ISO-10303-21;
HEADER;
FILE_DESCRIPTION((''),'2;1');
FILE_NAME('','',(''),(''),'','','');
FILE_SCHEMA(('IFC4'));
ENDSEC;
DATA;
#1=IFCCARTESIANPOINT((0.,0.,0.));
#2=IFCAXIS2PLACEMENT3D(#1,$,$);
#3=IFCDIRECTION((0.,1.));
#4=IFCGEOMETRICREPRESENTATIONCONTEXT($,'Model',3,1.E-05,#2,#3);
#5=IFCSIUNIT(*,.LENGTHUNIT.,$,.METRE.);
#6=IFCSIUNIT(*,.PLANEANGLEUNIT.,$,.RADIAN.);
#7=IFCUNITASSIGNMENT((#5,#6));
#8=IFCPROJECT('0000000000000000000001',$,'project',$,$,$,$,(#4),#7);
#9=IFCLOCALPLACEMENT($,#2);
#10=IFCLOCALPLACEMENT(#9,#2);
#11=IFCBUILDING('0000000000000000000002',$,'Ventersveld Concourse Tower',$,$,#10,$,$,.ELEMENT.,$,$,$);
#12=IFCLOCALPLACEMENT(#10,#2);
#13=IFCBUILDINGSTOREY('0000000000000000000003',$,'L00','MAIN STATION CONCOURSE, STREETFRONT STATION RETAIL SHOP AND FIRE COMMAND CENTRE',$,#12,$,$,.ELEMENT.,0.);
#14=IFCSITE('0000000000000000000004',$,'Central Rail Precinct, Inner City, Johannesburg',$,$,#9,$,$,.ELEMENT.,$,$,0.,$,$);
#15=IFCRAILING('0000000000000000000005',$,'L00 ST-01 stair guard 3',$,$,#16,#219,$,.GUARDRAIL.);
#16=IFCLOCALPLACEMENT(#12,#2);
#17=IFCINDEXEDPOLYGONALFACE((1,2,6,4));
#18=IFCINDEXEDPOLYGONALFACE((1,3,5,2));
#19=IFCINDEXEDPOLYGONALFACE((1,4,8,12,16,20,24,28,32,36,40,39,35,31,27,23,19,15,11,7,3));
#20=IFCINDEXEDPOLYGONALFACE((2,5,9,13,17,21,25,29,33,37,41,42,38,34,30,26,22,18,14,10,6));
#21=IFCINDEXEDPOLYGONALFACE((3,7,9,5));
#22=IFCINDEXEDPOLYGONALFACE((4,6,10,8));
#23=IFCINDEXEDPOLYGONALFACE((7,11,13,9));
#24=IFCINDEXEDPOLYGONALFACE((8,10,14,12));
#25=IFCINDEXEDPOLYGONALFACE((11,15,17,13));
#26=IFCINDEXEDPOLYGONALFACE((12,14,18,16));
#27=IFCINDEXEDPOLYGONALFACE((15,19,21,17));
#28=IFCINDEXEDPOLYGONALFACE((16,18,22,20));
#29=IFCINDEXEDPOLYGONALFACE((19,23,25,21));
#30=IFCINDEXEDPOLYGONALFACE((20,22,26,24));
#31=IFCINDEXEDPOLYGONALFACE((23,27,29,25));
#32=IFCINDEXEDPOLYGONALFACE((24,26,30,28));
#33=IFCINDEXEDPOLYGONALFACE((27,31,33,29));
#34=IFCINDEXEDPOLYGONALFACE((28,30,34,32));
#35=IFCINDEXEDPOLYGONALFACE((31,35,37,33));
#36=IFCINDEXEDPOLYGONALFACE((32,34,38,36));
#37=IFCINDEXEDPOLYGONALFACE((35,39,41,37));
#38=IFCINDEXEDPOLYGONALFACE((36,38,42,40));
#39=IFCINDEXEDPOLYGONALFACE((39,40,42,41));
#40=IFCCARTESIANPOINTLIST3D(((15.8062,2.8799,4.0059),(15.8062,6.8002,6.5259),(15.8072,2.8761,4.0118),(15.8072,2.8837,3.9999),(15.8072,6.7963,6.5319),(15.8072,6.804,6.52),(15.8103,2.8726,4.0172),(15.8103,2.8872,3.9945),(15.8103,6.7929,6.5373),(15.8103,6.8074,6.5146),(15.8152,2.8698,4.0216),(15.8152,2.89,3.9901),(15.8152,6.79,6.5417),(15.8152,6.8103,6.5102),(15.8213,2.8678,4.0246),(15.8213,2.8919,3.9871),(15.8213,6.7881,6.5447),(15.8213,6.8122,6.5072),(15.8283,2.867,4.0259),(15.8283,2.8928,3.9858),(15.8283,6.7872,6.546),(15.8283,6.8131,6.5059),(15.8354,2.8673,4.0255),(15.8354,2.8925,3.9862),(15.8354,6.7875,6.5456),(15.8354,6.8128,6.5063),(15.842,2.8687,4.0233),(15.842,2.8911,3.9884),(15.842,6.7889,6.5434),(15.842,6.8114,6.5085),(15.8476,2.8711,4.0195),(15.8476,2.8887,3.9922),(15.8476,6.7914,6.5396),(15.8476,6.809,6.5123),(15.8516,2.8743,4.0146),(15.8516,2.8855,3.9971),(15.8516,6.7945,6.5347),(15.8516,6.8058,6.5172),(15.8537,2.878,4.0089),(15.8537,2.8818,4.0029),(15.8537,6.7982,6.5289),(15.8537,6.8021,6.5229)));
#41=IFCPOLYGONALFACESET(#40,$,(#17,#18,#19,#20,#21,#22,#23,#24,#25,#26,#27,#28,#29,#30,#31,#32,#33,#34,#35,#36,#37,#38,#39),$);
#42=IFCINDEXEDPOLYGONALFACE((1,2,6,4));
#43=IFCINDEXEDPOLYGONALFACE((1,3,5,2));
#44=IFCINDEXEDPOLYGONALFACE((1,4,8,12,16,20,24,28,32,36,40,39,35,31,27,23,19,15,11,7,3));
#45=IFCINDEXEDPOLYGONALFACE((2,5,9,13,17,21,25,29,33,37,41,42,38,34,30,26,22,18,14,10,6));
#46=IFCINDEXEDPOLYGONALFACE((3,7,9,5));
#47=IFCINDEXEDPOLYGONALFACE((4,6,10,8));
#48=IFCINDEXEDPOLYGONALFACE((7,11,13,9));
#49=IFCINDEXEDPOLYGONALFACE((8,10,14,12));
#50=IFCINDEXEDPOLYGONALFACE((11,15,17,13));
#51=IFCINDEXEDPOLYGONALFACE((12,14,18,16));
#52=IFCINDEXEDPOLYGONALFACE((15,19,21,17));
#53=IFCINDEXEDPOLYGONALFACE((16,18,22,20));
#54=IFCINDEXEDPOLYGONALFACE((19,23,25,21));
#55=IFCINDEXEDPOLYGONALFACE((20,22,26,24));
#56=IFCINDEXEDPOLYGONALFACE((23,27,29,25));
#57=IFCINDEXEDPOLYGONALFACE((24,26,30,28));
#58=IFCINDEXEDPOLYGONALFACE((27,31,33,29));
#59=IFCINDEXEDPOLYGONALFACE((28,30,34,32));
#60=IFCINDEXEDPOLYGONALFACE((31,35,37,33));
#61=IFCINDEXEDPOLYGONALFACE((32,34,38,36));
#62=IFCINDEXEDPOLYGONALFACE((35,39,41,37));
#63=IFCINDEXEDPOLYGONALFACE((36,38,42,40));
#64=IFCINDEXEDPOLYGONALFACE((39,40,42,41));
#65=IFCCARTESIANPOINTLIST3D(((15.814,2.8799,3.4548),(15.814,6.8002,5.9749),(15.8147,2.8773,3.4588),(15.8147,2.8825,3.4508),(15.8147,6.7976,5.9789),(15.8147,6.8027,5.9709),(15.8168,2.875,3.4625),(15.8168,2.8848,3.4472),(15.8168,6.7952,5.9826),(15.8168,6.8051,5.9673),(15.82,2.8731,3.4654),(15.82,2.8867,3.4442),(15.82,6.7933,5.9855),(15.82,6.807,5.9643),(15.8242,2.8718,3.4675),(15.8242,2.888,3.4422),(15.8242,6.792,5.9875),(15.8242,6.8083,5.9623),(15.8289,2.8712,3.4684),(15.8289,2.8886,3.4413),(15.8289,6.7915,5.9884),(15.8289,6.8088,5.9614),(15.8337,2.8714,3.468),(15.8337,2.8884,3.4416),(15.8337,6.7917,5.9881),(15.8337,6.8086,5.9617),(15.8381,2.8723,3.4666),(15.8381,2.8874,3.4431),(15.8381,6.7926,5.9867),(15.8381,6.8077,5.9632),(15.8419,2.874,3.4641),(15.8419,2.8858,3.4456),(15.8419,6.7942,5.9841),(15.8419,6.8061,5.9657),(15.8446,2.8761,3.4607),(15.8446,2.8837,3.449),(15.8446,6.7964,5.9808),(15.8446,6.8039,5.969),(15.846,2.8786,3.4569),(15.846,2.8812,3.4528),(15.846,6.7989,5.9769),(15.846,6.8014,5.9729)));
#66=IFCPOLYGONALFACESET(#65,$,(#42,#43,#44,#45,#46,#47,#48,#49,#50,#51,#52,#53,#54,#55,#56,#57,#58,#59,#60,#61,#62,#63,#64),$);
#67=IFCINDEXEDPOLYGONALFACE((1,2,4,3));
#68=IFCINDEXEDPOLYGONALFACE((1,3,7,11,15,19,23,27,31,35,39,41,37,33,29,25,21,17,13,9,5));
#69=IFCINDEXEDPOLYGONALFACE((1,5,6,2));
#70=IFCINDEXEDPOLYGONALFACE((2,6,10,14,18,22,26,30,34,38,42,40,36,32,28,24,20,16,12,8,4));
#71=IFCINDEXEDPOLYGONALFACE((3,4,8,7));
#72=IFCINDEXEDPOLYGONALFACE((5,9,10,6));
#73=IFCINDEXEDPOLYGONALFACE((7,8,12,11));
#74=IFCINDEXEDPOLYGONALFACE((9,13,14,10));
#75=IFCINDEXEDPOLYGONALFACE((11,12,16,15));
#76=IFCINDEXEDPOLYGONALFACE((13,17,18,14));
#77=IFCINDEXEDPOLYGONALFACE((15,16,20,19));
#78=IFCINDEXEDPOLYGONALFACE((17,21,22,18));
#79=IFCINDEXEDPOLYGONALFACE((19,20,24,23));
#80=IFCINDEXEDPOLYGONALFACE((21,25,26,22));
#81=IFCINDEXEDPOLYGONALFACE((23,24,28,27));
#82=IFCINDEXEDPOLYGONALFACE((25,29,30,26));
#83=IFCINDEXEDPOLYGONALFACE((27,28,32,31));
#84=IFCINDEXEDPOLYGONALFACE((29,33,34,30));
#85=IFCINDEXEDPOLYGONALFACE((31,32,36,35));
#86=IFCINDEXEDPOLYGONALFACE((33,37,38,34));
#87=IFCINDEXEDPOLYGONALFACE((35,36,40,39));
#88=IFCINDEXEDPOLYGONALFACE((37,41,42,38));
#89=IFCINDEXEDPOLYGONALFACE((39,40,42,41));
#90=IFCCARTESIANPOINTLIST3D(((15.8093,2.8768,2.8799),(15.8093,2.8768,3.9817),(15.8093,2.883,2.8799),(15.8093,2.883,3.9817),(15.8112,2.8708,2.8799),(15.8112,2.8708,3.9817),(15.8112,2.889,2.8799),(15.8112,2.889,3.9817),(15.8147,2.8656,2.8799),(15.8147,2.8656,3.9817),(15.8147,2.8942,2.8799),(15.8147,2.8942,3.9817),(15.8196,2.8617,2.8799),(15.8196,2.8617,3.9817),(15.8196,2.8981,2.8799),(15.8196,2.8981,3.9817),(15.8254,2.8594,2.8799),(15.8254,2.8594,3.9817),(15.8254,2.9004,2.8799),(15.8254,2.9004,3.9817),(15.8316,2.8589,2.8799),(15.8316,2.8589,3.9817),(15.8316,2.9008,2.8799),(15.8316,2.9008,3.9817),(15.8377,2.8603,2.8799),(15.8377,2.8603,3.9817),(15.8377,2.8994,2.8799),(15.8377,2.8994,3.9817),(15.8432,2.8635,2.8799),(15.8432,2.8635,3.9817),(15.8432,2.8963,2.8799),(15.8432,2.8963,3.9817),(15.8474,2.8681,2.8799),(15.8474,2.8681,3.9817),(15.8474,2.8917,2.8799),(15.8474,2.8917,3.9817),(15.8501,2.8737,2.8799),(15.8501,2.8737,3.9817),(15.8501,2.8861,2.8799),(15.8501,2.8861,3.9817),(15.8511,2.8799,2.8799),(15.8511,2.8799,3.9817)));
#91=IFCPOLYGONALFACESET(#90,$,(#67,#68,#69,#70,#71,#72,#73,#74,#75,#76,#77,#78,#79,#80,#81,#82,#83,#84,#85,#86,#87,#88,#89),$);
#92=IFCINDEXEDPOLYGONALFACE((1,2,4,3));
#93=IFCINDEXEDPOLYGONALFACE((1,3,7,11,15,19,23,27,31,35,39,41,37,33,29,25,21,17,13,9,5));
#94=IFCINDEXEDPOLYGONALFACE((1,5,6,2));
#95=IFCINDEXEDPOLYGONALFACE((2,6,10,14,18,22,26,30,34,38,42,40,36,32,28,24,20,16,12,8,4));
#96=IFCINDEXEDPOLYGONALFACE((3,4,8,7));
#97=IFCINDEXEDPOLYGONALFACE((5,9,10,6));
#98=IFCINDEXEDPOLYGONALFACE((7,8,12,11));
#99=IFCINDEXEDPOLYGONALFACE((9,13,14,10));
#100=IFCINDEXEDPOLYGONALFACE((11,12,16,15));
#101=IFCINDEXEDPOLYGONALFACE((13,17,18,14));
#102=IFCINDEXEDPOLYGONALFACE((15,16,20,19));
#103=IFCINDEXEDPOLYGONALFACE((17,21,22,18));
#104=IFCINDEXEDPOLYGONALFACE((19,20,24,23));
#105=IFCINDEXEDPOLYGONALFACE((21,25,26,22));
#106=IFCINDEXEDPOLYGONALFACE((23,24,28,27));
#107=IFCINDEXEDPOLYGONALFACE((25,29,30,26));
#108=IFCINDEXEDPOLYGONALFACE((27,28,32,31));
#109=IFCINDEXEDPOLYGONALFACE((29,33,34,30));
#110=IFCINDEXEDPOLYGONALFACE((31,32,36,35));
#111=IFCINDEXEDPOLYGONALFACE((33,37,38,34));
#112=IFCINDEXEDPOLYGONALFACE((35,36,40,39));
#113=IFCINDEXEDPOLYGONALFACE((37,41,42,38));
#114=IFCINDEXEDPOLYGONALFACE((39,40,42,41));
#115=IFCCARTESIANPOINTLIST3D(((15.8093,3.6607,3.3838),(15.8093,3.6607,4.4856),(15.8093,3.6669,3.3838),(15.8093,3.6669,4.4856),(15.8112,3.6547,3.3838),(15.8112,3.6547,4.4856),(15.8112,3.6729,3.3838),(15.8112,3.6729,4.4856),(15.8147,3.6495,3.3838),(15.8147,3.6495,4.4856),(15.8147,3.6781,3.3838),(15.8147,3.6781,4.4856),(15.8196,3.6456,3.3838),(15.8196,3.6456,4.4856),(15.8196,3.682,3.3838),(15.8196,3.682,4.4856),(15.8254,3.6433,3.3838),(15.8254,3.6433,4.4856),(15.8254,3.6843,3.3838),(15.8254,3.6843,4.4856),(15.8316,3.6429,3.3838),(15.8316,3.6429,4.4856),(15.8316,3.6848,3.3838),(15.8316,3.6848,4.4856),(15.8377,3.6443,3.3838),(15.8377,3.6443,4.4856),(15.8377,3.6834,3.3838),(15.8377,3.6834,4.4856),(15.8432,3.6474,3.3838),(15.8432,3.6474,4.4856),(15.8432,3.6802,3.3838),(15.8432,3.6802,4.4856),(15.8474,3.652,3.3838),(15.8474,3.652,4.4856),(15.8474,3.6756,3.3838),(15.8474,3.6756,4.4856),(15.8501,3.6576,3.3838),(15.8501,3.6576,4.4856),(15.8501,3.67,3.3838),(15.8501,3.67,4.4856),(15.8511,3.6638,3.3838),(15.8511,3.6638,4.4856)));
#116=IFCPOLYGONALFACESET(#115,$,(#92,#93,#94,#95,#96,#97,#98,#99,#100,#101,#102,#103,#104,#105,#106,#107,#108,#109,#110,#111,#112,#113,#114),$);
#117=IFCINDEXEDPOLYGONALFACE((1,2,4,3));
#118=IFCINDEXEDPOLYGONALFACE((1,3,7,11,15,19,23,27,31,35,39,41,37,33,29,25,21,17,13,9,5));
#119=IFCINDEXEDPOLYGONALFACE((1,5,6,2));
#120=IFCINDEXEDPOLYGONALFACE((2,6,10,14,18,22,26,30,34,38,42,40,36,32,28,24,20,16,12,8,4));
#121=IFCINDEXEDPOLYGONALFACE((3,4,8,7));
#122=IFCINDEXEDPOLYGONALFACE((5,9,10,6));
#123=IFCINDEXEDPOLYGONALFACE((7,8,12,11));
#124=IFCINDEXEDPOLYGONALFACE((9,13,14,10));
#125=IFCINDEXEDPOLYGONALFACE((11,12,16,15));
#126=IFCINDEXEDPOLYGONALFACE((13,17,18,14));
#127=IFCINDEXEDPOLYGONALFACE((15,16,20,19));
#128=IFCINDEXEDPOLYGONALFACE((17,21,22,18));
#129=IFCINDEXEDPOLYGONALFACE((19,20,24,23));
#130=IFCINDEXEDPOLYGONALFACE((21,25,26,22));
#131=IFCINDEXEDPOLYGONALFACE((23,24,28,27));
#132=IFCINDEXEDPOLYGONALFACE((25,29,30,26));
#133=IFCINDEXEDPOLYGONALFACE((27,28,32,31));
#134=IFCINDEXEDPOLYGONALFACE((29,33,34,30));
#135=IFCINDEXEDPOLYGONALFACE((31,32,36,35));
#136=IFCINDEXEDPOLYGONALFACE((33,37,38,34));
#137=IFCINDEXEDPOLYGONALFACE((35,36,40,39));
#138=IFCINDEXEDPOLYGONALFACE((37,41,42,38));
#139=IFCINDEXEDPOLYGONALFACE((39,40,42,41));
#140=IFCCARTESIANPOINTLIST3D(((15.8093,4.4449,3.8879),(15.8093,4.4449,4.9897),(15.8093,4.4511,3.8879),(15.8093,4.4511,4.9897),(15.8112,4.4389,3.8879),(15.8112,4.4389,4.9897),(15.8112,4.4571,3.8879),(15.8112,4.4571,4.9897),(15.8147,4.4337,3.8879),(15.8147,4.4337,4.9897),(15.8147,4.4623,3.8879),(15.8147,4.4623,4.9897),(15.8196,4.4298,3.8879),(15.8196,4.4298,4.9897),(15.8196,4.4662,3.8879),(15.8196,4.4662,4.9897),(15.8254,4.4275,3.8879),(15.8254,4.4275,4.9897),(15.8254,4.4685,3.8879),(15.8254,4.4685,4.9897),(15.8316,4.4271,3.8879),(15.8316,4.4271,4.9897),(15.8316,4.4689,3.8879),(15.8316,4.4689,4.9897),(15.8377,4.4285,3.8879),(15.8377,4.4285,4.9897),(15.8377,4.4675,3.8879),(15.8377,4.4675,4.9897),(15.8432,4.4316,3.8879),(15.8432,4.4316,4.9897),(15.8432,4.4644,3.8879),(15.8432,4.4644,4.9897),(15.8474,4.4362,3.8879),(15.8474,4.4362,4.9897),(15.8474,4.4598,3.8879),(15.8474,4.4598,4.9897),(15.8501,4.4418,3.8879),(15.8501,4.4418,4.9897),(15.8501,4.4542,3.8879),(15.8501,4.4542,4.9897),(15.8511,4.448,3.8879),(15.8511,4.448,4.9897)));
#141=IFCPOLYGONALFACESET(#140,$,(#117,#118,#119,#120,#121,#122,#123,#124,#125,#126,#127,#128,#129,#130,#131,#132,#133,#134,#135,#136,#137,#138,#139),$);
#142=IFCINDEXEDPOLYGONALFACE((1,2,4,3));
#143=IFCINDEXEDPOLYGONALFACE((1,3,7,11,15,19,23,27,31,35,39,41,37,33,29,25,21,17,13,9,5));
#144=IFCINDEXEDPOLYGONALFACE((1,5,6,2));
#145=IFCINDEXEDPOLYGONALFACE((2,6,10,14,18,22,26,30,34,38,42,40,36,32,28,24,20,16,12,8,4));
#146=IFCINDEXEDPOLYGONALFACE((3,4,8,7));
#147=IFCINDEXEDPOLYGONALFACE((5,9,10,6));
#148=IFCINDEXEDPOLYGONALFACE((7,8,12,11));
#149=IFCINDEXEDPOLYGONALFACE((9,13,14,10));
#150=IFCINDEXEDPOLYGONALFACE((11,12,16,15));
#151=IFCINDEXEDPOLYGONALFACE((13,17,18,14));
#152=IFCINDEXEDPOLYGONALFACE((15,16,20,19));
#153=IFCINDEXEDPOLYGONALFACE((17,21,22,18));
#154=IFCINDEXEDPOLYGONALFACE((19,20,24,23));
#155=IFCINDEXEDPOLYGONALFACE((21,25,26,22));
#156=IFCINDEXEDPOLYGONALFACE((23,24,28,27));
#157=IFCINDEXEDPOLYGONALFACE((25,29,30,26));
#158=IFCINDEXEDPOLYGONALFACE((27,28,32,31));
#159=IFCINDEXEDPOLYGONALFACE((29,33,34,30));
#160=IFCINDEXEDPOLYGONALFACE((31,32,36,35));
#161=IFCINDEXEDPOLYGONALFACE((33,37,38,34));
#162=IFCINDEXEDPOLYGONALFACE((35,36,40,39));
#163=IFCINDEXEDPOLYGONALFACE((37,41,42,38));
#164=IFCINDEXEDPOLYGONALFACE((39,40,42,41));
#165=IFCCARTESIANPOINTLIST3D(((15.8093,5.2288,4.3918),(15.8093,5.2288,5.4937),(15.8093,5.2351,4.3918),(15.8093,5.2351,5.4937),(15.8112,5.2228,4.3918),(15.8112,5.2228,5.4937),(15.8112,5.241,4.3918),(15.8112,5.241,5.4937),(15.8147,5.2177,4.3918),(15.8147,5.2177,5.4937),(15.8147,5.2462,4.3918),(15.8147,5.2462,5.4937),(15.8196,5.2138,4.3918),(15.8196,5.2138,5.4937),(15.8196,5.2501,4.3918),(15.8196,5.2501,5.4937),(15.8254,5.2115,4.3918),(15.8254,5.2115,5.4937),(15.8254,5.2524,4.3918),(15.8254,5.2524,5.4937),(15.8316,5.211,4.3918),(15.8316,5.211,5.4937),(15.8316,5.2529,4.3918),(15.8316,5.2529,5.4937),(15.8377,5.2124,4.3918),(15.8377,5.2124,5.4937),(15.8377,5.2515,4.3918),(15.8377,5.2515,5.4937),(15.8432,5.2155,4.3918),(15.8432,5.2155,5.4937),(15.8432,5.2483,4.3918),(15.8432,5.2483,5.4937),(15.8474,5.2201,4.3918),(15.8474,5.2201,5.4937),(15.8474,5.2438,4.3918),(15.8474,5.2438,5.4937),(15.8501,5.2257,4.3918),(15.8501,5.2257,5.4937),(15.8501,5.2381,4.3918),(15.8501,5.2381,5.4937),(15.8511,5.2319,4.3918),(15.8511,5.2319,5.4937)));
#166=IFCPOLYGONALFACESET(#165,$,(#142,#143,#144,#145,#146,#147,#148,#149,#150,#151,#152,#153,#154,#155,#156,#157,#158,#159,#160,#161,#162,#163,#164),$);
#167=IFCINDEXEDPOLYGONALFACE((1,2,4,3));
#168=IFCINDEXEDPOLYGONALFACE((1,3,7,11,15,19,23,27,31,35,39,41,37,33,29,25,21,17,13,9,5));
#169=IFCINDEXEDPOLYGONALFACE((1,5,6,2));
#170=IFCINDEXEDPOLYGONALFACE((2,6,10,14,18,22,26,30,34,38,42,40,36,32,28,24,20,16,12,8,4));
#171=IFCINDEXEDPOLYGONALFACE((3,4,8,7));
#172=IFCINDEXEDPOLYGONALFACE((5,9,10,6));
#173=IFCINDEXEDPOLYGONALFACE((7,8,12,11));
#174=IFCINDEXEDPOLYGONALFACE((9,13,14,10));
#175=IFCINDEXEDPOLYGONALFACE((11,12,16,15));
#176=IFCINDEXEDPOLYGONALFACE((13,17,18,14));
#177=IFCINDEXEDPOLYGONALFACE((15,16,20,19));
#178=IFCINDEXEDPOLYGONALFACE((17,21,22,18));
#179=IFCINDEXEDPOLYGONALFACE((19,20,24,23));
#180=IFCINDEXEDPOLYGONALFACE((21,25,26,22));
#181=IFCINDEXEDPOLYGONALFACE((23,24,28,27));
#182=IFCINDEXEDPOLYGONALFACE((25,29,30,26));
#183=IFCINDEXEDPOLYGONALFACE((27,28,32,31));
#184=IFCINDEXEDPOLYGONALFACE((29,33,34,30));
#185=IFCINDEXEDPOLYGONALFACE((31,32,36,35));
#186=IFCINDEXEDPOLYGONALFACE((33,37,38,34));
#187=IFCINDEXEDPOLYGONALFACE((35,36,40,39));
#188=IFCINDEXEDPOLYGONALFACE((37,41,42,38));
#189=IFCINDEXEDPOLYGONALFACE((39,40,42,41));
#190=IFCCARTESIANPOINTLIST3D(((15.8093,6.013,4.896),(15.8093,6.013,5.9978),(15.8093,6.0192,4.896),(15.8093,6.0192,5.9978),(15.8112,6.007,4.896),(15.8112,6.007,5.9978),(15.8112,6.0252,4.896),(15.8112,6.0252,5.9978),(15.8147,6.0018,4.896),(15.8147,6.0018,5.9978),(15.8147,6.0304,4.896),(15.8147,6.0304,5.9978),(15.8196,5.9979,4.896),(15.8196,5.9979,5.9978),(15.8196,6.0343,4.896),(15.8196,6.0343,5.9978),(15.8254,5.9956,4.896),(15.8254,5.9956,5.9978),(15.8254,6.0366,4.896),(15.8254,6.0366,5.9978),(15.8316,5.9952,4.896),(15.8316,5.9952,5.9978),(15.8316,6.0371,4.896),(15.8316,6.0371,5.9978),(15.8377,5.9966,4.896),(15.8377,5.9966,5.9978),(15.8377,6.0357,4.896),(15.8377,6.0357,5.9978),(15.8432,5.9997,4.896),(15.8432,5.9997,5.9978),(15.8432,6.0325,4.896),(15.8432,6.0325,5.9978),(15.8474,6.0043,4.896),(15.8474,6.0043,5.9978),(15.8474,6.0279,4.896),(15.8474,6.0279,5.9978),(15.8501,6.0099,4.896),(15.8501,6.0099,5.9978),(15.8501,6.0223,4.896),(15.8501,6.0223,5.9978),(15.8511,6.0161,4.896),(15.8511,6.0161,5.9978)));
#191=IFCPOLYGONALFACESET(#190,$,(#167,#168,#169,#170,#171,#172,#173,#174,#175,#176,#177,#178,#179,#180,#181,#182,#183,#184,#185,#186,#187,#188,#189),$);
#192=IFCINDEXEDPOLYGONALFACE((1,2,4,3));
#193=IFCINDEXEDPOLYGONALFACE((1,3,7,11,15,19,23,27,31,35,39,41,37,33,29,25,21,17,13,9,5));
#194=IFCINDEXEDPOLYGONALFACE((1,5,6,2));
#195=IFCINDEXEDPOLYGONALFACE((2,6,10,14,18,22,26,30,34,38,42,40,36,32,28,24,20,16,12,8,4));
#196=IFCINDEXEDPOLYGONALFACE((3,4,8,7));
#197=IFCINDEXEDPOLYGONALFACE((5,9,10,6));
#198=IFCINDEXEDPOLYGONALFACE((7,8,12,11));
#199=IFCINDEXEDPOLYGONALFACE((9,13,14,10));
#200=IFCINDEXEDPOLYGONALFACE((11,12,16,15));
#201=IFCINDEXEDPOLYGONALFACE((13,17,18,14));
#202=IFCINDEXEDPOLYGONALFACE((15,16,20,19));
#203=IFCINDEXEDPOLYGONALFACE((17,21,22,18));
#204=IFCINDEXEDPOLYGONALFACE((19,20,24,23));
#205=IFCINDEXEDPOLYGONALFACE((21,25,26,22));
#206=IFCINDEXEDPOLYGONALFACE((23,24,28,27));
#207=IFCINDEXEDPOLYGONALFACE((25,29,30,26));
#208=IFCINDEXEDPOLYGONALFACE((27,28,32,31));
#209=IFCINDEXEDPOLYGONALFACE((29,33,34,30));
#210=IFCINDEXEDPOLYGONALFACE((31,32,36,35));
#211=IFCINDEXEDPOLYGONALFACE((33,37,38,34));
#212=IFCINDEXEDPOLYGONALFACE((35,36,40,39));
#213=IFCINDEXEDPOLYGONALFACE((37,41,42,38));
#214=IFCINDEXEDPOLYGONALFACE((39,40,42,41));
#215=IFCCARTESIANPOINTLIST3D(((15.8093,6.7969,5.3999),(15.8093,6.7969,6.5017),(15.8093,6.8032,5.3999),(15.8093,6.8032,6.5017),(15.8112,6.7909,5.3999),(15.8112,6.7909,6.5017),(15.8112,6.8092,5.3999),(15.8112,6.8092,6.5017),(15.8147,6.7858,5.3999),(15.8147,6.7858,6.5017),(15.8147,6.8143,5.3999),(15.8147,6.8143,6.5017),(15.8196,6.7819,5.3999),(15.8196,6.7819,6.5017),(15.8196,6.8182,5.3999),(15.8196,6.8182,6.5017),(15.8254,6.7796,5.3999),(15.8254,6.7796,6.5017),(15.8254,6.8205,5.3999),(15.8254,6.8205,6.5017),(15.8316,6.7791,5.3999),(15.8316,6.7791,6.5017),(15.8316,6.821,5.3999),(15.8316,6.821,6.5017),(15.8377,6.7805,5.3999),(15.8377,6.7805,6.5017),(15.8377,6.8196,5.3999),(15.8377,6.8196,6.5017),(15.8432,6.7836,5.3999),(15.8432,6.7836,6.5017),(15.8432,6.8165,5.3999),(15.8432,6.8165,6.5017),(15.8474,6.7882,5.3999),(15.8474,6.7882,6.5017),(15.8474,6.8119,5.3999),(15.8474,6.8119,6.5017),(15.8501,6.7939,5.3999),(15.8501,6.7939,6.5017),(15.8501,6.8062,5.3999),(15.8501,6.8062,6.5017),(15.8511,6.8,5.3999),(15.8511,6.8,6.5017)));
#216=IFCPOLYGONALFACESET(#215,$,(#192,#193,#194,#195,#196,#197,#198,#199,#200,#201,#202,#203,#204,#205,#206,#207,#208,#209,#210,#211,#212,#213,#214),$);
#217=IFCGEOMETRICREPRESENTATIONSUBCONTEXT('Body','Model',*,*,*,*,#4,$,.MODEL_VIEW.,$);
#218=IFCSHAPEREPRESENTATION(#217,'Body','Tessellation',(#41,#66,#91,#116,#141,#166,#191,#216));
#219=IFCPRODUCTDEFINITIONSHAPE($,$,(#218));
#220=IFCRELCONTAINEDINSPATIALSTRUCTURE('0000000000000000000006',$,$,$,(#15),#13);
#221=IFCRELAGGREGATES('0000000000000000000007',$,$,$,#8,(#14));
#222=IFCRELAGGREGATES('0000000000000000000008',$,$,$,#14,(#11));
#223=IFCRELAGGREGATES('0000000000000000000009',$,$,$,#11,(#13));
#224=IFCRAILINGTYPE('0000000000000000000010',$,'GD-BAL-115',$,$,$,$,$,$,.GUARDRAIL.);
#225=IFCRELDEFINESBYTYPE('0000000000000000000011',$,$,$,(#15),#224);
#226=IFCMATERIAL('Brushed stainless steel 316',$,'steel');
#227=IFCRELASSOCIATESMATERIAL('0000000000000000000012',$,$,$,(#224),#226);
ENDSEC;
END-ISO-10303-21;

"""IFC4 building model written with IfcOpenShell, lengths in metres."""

from ifc_helpers import new_model, si_unit, direction, frame, origin, origin_2d, place, context, subcontext, project, spatial, circle, extrude, material, type_object, element, save


model = new_model("IFC4")

# Units and contexts
model_context = context("Model", 3, precision=1e-05, world=origin(), true_north=direction((0.0, 1.0)))
body_context = subcontext(model_context, "Body", "Model", "MODEL_VIEW")
ifc_project = project(units=[si_unit("LENGTHUNIT", "METRE"), si_unit("PLANEANGLEUNIT", "RADIAN")], contexts=[model_context])

# Site, building, storey
site_placement = place(None, origin())
site = spatial("IfcSite", under=ifc_project, at=site_placement, Name="Central Rail Precinct, Inner City, Johannesburg", CompositionType="ELEMENT", RefElevation=0.0)
building_placement = place(site_placement, origin())
building = spatial("IfcBuilding", under=site, at=building_placement, Name="Ventersveld Concourse Tower", CompositionType="ELEMENT")
storey_placement = place(building_placement, origin())
storey = spatial("IfcBuildingStorey", under=building, at=storey_placement, Name="L00", Description="MAIN STATION CONCOURSE, STREETFRONT STATION RETAIL SHOP AND FIRE COMMAND CENTRE", CompositionType="ELEMENT", Elevation=0.0)

# Shared definitions
ifc_material_1 = material(Name="Brushed stainless steel 316", Category="steel")

# Railing
railing_type_1 = type_object("IfcRailingType", Name="GD-BAL-115", PredefinedType="GUARDRAIL", material=ifc_material_1)
railing_1_placement = place(storey_placement, frame((15.8301, 2.8799, 2.8799)))
element("IfcRailing", 1, at=railing_1_placement, inside=storey, type_object=railing_type_1, Name="L00 ST-01 stair guard 3", PredefinedType="GUARDRAIL", context=body_context, shape_type="SweptSolid", body=[
    extrude(circle(Radius=0.0239, at=origin_2d()), frame((0.0, 0.0, 1.126), z_axis=(0.0, 0.841187, 0.540744), x_axis=(-1.0, 0.0, 0.0)), (0.0, 0.0, 1.0), 4.6604),
    extrude(circle(Radius=0.0161, at=origin_2d()), frame((0.0, 0.0, 0.575), z_axis=(0.0, 0.841187, 0.540744), x_axis=(-1.0, 0.0, 0.0)), (0.0, 0.0, 1.0), 4.6604),
    extrude(circle(Radius=0.021, at=origin_2d()), origin(), (0.0, 0.0, 1.0), 1.1018),
    extrude(circle(Radius=0.021, at=origin_2d()), frame((0.0, 0.7839, 0.5039)), (0.0, 0.0, 1.0), 1.1018),
    extrude(circle(Radius=0.021, at=origin_2d()), frame((0.0, 1.5681, 1.0081)), (0.0, 0.0, 1.0), 1.1018),
    extrude(circle(Radius=0.021, at=origin_2d()), frame((0.0, 2.3521, 1.512)), (0.0, 0.0, 1.0), 1.1018),
    extrude(circle(Radius=0.021, at=origin_2d()), frame((0.0, 3.1362, 2.0161)), (0.0, 0.0, 1.0), 1.1018),
    extrude(circle(Radius=0.021, at=origin_2d()), frame((0.0, 3.9202, 2.52)), (0.0, 0.0, 1.0), 1.1018),
])

save(model, "model.ifc")
